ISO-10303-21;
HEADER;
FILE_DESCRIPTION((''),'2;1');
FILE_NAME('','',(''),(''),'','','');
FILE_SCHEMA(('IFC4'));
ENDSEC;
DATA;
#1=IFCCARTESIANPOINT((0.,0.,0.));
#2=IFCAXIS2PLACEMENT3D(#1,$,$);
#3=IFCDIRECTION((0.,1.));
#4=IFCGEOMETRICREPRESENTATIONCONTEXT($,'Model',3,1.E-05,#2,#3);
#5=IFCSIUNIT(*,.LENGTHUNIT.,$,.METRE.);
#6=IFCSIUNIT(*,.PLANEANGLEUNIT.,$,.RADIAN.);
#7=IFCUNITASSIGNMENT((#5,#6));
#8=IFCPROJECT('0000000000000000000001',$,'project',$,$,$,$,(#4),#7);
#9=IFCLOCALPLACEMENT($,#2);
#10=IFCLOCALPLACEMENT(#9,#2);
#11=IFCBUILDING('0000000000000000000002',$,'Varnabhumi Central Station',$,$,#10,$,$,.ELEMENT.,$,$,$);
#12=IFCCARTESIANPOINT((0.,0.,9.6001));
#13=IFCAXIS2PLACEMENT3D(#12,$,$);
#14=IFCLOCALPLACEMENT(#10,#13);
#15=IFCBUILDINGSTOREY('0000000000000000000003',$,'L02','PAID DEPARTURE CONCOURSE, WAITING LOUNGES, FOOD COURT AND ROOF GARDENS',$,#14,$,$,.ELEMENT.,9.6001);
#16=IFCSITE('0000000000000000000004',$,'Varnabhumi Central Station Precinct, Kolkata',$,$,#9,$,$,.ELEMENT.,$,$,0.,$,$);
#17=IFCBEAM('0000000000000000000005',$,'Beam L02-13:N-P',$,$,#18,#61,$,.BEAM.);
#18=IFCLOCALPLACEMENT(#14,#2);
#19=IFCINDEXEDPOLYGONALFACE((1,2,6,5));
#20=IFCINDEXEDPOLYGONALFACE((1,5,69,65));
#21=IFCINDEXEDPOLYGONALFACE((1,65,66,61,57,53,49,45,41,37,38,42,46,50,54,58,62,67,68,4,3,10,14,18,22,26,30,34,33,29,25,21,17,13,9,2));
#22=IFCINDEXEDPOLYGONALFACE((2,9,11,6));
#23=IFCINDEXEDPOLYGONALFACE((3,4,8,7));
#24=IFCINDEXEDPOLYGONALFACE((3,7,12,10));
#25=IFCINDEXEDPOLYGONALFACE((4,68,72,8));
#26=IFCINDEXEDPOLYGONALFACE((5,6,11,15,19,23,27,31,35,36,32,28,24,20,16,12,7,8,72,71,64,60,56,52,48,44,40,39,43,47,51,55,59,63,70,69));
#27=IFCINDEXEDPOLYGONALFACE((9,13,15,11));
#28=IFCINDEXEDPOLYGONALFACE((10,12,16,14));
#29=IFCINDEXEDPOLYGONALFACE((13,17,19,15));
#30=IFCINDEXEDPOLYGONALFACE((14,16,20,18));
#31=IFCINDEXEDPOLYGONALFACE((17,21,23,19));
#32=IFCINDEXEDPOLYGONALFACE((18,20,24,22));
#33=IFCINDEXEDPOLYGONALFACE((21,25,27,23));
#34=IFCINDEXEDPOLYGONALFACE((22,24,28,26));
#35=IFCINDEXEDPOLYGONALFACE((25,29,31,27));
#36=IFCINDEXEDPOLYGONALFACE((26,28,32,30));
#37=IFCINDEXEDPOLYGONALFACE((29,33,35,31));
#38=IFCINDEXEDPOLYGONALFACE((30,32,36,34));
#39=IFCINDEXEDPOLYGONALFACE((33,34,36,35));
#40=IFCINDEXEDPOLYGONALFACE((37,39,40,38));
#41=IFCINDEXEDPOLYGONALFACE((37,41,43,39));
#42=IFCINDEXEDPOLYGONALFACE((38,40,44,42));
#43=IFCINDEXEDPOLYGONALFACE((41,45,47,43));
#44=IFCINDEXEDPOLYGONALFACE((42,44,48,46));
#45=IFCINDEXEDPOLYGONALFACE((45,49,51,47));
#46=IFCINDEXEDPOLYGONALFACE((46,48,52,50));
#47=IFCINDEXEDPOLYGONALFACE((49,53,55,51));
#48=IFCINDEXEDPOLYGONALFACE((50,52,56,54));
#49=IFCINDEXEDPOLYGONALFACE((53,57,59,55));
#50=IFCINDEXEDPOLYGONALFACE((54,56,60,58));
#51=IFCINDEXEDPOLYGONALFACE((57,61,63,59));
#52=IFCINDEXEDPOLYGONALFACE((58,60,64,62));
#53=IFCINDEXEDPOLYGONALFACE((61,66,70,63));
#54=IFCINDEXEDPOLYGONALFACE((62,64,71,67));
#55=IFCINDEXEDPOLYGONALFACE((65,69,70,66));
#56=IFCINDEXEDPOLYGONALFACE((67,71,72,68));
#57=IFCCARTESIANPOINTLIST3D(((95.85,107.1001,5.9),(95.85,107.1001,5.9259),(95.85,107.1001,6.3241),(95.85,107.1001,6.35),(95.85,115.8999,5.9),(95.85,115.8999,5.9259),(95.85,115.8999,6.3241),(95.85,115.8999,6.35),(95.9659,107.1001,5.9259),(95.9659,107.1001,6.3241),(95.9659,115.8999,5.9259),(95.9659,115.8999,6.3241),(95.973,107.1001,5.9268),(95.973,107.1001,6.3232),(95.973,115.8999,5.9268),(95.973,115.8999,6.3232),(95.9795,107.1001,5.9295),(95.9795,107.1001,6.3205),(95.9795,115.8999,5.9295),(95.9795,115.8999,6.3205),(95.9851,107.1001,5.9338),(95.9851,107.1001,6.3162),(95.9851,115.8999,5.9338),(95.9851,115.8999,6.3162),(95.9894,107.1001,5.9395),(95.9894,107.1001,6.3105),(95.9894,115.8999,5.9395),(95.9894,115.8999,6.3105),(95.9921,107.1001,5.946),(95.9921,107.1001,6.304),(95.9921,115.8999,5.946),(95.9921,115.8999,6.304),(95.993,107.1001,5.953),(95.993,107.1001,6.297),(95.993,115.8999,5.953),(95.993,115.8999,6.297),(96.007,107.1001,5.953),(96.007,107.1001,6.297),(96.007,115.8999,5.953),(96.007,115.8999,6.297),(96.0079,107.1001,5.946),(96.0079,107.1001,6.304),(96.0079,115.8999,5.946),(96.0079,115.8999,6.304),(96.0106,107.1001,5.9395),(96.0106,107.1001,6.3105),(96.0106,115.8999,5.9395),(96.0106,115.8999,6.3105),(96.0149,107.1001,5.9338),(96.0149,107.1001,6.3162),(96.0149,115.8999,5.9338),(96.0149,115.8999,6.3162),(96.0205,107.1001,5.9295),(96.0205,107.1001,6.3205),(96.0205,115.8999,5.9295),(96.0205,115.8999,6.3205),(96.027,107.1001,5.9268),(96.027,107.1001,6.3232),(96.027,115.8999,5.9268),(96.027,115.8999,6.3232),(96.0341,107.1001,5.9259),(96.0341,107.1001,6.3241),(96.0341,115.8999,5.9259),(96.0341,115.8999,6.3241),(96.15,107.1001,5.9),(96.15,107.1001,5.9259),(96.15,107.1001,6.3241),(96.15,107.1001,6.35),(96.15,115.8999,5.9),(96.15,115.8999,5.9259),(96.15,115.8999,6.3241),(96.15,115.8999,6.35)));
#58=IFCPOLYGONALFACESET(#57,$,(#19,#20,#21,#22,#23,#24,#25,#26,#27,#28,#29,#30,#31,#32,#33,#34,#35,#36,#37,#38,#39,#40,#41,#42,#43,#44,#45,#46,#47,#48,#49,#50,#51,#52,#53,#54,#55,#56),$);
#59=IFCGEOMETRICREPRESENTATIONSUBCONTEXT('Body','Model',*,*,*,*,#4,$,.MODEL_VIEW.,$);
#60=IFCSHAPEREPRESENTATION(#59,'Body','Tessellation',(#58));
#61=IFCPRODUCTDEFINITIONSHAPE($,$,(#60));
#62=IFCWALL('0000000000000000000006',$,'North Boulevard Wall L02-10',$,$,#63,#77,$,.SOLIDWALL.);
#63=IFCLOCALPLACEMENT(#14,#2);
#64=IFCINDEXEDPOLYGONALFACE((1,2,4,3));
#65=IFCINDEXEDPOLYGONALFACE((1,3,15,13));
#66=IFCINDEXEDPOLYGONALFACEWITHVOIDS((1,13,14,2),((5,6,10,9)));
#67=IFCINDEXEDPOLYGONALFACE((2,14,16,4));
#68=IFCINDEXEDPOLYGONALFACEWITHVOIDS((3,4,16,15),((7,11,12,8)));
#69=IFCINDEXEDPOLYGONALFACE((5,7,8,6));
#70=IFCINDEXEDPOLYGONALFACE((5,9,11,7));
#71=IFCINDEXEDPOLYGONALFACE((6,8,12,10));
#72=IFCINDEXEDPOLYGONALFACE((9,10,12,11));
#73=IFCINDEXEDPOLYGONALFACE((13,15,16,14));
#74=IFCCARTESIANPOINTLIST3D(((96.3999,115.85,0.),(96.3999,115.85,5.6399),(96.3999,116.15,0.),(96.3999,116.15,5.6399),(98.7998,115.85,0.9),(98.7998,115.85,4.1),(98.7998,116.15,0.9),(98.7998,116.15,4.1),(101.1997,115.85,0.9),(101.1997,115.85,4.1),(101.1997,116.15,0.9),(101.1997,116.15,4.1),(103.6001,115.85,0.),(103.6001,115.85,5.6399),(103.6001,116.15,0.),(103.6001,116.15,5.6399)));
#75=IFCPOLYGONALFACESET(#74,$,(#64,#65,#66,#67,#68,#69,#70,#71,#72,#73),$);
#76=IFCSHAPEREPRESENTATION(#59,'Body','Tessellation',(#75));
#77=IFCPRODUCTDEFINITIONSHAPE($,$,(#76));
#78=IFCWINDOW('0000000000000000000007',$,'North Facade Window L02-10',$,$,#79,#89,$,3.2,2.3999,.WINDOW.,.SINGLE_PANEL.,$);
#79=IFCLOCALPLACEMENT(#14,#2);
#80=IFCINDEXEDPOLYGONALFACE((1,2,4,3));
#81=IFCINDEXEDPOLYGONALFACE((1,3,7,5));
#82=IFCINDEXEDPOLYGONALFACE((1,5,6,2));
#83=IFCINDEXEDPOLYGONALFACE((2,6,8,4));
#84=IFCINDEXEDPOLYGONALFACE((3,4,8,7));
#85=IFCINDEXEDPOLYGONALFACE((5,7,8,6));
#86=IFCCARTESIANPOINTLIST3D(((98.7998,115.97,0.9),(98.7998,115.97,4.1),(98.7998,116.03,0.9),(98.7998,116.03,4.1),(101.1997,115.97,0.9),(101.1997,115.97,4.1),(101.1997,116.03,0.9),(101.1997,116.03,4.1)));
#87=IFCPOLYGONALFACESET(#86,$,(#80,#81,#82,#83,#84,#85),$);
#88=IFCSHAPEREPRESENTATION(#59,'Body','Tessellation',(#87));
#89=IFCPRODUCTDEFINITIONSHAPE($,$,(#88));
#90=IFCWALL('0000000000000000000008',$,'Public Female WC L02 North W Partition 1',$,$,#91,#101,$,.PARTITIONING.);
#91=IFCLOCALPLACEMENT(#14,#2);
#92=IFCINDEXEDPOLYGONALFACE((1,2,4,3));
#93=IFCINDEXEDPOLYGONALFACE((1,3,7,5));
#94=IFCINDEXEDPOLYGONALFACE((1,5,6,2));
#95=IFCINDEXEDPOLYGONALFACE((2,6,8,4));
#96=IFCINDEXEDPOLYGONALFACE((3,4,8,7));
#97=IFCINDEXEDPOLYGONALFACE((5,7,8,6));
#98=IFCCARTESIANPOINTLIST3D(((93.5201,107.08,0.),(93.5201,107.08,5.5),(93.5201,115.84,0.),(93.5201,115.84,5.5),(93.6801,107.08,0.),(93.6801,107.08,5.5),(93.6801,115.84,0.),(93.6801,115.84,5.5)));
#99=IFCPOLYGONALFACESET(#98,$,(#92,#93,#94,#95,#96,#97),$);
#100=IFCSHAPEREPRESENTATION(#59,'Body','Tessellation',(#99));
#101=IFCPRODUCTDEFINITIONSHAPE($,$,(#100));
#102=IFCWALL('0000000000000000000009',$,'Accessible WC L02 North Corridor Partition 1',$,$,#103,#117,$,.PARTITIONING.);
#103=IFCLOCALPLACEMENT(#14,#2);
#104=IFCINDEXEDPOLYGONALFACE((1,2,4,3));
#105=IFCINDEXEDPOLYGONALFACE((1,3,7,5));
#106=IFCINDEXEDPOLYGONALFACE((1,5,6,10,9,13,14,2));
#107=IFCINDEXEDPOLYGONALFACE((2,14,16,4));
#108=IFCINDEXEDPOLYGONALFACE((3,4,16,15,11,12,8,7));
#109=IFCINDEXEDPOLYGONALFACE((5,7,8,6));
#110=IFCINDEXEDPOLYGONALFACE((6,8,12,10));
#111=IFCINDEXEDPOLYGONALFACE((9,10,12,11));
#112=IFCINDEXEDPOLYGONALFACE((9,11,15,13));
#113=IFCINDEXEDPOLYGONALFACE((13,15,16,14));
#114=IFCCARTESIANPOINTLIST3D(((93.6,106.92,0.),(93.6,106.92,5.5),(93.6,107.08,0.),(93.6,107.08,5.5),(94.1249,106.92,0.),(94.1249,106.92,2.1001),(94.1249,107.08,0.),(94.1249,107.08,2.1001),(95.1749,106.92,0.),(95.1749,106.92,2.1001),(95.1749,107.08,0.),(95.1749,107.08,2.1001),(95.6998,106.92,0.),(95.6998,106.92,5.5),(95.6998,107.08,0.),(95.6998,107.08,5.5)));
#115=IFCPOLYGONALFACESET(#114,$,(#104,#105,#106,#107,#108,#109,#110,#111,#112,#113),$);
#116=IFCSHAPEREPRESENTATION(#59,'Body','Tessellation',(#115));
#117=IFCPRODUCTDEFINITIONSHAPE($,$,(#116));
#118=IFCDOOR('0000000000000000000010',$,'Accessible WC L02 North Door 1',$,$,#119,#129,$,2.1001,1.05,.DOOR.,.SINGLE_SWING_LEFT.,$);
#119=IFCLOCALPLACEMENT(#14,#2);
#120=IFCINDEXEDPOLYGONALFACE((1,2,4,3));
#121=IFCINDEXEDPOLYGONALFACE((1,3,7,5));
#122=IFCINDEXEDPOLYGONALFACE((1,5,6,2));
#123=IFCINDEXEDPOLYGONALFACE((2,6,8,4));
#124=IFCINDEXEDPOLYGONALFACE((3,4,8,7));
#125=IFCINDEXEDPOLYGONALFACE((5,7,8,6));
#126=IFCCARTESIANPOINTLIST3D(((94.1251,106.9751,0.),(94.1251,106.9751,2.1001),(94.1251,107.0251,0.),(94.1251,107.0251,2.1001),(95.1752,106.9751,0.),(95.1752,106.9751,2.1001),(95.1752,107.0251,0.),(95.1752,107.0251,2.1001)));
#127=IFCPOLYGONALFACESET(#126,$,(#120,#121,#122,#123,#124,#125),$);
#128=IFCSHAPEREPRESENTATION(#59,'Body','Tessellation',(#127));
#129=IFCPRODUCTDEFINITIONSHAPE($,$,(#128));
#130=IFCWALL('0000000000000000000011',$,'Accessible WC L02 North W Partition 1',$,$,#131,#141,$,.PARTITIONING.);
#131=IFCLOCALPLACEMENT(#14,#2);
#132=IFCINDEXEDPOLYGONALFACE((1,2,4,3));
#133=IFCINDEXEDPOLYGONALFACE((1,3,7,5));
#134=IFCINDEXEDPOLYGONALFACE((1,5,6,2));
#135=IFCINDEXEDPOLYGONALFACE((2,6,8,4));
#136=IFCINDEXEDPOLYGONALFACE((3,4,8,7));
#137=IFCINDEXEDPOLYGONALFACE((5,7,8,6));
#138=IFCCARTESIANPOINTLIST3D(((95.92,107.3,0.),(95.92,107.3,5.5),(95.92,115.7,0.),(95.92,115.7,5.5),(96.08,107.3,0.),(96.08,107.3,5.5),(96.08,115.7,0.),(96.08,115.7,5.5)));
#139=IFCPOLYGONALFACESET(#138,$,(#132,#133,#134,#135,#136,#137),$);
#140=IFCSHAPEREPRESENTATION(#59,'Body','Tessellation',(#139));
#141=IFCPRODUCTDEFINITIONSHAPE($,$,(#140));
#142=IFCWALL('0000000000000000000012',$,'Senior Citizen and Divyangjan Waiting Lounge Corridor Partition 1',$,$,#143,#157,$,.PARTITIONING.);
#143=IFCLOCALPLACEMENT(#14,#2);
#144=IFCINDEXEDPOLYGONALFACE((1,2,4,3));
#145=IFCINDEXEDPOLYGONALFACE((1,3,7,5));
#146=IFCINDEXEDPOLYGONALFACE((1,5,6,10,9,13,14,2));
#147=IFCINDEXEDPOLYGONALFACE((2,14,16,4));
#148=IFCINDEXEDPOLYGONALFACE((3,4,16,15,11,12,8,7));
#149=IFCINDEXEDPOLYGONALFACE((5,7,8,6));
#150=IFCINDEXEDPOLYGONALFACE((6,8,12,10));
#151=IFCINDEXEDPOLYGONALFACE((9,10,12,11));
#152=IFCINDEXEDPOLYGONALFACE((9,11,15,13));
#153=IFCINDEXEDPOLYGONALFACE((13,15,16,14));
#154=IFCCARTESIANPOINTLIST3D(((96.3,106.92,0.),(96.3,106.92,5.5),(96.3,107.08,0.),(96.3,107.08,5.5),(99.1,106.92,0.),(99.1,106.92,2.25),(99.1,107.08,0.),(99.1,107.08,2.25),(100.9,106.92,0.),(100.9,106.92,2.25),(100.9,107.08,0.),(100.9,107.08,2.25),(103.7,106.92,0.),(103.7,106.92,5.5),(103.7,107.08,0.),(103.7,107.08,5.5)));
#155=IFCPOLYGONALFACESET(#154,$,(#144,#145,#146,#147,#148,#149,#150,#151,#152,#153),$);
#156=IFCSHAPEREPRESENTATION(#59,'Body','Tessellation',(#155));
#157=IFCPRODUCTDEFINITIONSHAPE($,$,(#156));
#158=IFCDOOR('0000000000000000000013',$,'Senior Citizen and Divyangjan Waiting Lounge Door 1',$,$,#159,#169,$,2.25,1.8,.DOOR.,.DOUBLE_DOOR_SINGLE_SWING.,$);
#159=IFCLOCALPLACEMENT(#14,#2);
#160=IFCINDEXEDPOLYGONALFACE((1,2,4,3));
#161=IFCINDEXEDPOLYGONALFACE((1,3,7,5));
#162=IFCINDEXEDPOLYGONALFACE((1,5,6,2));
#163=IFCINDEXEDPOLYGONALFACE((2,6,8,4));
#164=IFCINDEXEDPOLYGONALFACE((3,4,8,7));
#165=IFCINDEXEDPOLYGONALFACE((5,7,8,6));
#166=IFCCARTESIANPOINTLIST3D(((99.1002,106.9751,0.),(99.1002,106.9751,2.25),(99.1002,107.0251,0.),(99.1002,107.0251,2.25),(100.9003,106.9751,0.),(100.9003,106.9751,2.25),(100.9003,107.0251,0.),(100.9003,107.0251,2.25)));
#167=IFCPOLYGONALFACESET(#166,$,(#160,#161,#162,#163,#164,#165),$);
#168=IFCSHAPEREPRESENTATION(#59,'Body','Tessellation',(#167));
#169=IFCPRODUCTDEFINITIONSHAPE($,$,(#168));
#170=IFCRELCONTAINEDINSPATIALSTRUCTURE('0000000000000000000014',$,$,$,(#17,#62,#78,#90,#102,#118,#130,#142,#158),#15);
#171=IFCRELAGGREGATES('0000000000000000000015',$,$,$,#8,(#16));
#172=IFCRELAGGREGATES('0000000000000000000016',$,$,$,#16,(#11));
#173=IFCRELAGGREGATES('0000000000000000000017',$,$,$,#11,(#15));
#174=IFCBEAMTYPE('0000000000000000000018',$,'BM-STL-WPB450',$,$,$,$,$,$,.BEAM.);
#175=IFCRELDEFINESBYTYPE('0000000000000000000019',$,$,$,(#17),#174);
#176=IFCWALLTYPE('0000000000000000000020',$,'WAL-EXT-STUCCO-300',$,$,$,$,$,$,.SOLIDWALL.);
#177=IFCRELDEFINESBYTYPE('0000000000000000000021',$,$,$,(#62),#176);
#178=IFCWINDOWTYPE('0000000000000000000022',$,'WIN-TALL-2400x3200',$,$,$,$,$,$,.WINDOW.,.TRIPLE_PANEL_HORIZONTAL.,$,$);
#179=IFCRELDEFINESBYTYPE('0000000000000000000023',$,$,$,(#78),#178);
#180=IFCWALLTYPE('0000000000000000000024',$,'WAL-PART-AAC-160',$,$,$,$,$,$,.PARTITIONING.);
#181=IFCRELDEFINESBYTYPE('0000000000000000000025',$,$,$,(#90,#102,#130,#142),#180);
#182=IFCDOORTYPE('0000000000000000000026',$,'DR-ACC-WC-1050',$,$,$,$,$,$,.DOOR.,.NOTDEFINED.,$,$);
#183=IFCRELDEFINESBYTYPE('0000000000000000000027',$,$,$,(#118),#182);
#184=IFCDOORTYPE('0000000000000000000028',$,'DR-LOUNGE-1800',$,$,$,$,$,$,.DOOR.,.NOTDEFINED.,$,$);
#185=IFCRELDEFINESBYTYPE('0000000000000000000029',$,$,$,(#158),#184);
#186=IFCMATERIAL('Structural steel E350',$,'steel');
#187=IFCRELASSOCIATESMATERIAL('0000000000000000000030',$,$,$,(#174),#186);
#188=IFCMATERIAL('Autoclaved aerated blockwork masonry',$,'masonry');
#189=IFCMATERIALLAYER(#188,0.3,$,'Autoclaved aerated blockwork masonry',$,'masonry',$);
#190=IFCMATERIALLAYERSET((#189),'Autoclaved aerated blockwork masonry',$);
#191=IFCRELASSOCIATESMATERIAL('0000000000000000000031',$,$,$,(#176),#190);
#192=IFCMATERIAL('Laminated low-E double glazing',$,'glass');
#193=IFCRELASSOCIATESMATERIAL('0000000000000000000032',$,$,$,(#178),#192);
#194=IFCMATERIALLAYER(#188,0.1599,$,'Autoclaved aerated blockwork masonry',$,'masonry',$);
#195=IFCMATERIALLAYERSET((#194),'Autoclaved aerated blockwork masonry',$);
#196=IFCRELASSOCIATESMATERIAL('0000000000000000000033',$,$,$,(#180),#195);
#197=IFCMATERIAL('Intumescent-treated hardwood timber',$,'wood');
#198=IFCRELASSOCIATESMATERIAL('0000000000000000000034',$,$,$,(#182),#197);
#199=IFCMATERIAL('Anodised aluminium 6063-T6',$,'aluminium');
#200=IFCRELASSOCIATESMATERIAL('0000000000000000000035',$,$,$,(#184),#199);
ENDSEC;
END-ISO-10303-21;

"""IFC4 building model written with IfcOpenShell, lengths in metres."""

from ifc_helpers import new_model, si_unit, direction, frame, frame_2d, origin, origin_2d, place, context, subcontext, project, spatial, rectangle, i_section, extrude, material, layer, layer_set, material_profile, profile_set, type_object, element, fill, save


model = new_model("IFC4")

# Units and contexts
model_context = context("Model", 3, precision=1e-05, world=origin(), true_north=direction((0.0, 1.0)))
body_context = subcontext(model_context, "Body", "Model", "MODEL_VIEW")
ifc_project = project(units=[si_unit("LENGTHUNIT", "METRE"), si_unit("PLANEANGLEUNIT", "RADIAN")], contexts=[model_context])

# Site, building, storey
site_placement = place(None, origin())
site = spatial("IfcSite", under=ifc_project, at=site_placement, Name="Varnabhumi Central Station Precinct, Kolkata", CompositionType="ELEMENT", RefElevation=0.0)
building_placement = place(site_placement, origin())
building = spatial("IfcBuilding", under=site, at=building_placement, Name="Varnabhumi Central Station", CompositionType="ELEMENT")
storey_placement = place(building_placement, frame((0.0, 0.0, 9.6001)))
storey = spatial("IfcBuildingStorey", under=building, at=storey_placement, Name="L02", Description="PAID DEPARTURE CONCOURSE, WAITING LOUNGES, FOOD COURT AND ROOF GARDENS", CompositionType="ELEMENT", Elevation=9.6001)

# Beam
ifc_material_1 = material(Name="Structural steel E350", Category="steel")
ifc_material_profile_1 = material_profile(ifc_material_1, i_section(OverallWidth=0.3, OverallDepth=0.45, WebThickness=0.0139, FlangeThickness=0.0259, FilletRadius=0.0271, at=origin_2d()), Name="Structural steel E350", Category="steel")
ifc_profile_set_1 = profile_set([ifc_material_profile_1], Name="Structural steel E350")
beam_type_1 = type_object("IfcBeamType", Name="BM-STL-WPB450", PredefinedType="BEAM", material=ifc_profile_set_1)
beam_1_placement = place(storey_placement, frame((96.0, 107.1001, 6.125), z_axis=(0.0, 1.0, 0.0), x_axis=(-1.0, 0.0, 0.0)))
element("IfcBeam", 1, at=beam_1_placement, inside=storey, type_object=beam_type_1, Name="Beam L02-13:N-P", PredefinedType="BEAM", context=body_context, shape_type="SweptSolid", body=[
    extrude(i_section(OverallWidth=0.3, OverallDepth=0.45, WebThickness=0.0139, FlangeThickness=0.0259, FilletRadius=0.0271, at=origin_2d()), origin(), (0.0, 0.0, 1.0), 8.7998),
])

# Wall, opening, window
ifc_material_2 = material(Name="Autoclaved aerated blockwork masonry", Category="masonry")
ifc_layer_1 = layer(ifc_material_2, 0.3, Name="Autoclaved aerated blockwork masonry", Category="masonry")
ifc_layer_set_1 = layer_set([ifc_layer_1], Name="Autoclaved aerated blockwork masonry")
wall_type_1 = type_object("IfcWallType", Name="WAL-EXT-STUCCO-300", PredefinedType="SOLIDWALL", material=ifc_layer_set_1)
wall_1_placement = place(storey_placement, frame((96.3999, 116.0, 0.0), z_axis=(0.0, 0.0, 1.0), x_axis=(1.0, 0.0, 0.0)))
wall_1 = element("IfcWall", 2, at=wall_1_placement, inside=storey, type_object=wall_type_1, Name="North Boulevard Wall L02-10", PredefinedType="SOLIDWALL", context=body_context, shape_type="SweptSolid", body=[
    extrude(rectangle(XDim=7.2002, YDim=0.3, at=frame_2d((3.6001, 0.0))), origin(), (0.0, 0.0, 1.0), 5.6399),
])
opening_1_placement = place(wall_1_placement, frame((2.3999, 0.0, 0.8999)))
opening_1 = element("IfcOpeningElement", 3, at=opening_1_placement, cuts=wall_1, PredefinedType="OPENING", context=body_context, shape_type="SweptSolid", body=[
    extrude(rectangle(XDim=2.3999, YDim=3.2, at=frame_2d((1.2, 1.6001))), frame((0.0, 0.1599, 0.0), z_axis=(0.0, -1.0, 0.0), x_axis=(1.0, 0.0, 0.0)), (0.0, 0.0, 1.0), 0.3201),
])
ifc_material_3 = material(Name="Laminated low-E double glazing", Category="glass")
window_type = type_object("IfcWindowType", Name="WIN-TALL-2400x3200", PartitioningType="TRIPLE_PANEL_HORIZONTAL", PredefinedType="WINDOW", material=ifc_material_3)
window_placement = place(opening_1_placement, origin())
window = element("IfcWindow", 4, at=window_placement, inside=storey, type_object=window_type, Name="North Facade Window L02-10", OverallHeight=3.2, OverallWidth=2.3999, PartitioningType="SINGLE_PANEL", PredefinedType="WINDOW", context=body_context, shape_type="SweptSolid", body=[
    extrude(rectangle(XDim=2.3999, YDim=3.2, at=frame_2d((1.2, 1.6001))), frame((0.0, 0.03, 0.0), z_axis=(0.0, -1.0, 0.0), x_axis=(1.0, 0.0, 0.0)), (0.0, 0.0, 1.0), 0.0601),
])
fill(opening_1, window)

# Wall
ifc_layer_2 = layer(ifc_material_2, 0.1599, Name="Autoclaved aerated blockwork masonry", Category="masonry")
ifc_layer_set_2 = layer_set([ifc_layer_2], Name="Autoclaved aerated blockwork masonry")
wall_type_2 = type_object("IfcWallType", Name="WAL-PART-AAC-160", PredefinedType="PARTITIONING", material=ifc_layer_set_2)
wall_2_placement = place(storey_placement, frame((93.6001, 107.0801, 0.0), z_axis=(0.0, 0.0, 1.0), x_axis=(0.0, 1.0, 0.0)))
element("IfcWall", 5, at=wall_2_placement, inside=storey, type_object=wall_type_2, Name="Public Female WC L02 North W Partition 1", PredefinedType="PARTITIONING", context=body_context, shape_type="SweptSolid", body=[
    extrude(rectangle(XDim=8.76, YDim=0.1599, at=frame_2d((4.3799, 0.0))), origin(), (0.0, 0.0, 1.0), 5.5),
])

# Wall, opening, door
wall_3_placement = place(storey_placement, frame((93.6001, 107.0, 0.0), z_axis=(0.0, 0.0, 1.0), x_axis=(1.0, 0.0, 0.0)))
wall_3 = element("IfcWall", 6, at=wall_3_placement, inside=storey, type_object=wall_type_2, Name="Accessible WC L02 North Corridor Partition 1", PredefinedType="PARTITIONING", context=body_context, shape_type="SweptSolid", body=[
    extrude(rectangle(XDim=2.0999, YDim=0.1599, at=frame_2d((1.0498, 0.0))), origin(), (0.0, 0.0, 1.0), 5.5),
])
opening_2_placement = place(wall_3_placement, frame((0.5249, 0.0, 0.0)))
opening_2 = element("IfcOpeningElement", 7, at=opening_2_placement, cuts=wall_3, PredefinedType="OPENING", context=body_context, shape_type="SweptSolid", body=[
    extrude(rectangle(XDim=1.05, YDim=2.1001, at=frame_2d((0.5249, 1.05))), frame((0.0, 0.0898, 0.0), z_axis=(0.0, -1.0, 0.0), x_axis=(1.0, 0.0, 0.0)), (0.0, 0.0, 1.0), 0.1799),
])
ifc_material_4 = material(Name="Intumescent-treated hardwood timber", Category="wood")
door_type_1 = type_object("IfcDoorType", Name="DR-ACC-WC-1050", OperationType="NOTDEFINED", PredefinedType="DOOR", material=ifc_material_4)
door_1_placement = place(opening_2_placement, frame((1.05, 0.0, 0.0), z_axis=(0.0, 0.0, 1.0), x_axis=(-1.0, 0.0, 0.0)))
door_1 = element("IfcDoor", 8, at=door_1_placement, inside=storey, type_object=door_type_1, Name="Accessible WC L02 North Door 1", OperationType="SINGLE_SWING_LEFT", OverallHeight=2.1001, OverallWidth=1.05, PredefinedType="DOOR", context=body_context, shape_type="SweptSolid", body=[
    extrude(rectangle(XDim=1.05, YDim=2.1001, at=frame_2d((0.5249, 1.05))), frame((0.0, 0.0249, 0.0), z_axis=(0.0, -1.0, 0.0), x_axis=(1.0, 0.0, 0.0)), (0.0, 0.0, 1.0), 0.05),
])
fill(opening_2, door_1)

# Wall
wall_4_placement = place(storey_placement, frame((96.0, 107.3, 0.0), z_axis=(0.0, 0.0, 1.0), x_axis=(0.0, 1.0, 0.0)))
element("IfcWall", 9, at=wall_4_placement, inside=storey, type_object=wall_type_2, Name="Accessible WC L02 North W Partition 1", PredefinedType="PARTITIONING", context=body_context, shape_type="SweptSolid", body=[
    extrude(rectangle(XDim=8.3999, YDim=0.1599, at=frame_2d((4.2, 0.0))), origin(), (0.0, 0.0, 1.0), 5.5),
])

# Wall, opening, door
wall_5_placement = place(storey_placement, frame((96.3, 107.0, 0.0), z_axis=(0.0, 0.0, 1.0), x_axis=(1.0, 0.0, 0.0)))
wall_5 = element("IfcWall", 10, at=wall_5_placement, inside=storey, type_object=wall_type_2, Name="Senior Citizen and Divyangjan Waiting Lounge Corridor Partition 1", PredefinedType="PARTITIONING", context=body_context, shape_type="SweptSolid", body=[
    extrude(rectangle(XDim=7.3999, YDim=0.1599, at=frame_2d((3.7, 0.0))), origin(), (0.0, 0.0, 1.0), 5.5),
])
opening_3_placement = place(wall_5_placement, frame((2.8, 0.0, 0.0)))
opening_3 = element("IfcOpeningElement", 11, at=opening_3_placement, cuts=wall_5, PredefinedType="OPENING", context=body_context, shape_type="SweptSolid", body=[
    extrude(rectangle(XDim=1.8, YDim=2.25, at=frame_2d((0.8999, 1.125))), frame((0.0, 0.0898, 0.0), z_axis=(0.0, -1.0, 0.0), x_axis=(1.0, 0.0, 0.0)), (0.0, 0.0, 1.0), 0.1799),
])
ifc_material_5 = material(Name="Anodised aluminium 6063-T6", Category="aluminium")
door_type_2 = type_object("IfcDoorType", Name="DR-LOUNGE-1800", OperationType="NOTDEFINED", PredefinedType="DOOR", material=ifc_material_5)
door_2_placement = place(opening_3_placement, frame((1.8, 0.0, 0.0), z_axis=(0.0, 0.0, 1.0), x_axis=(-1.0, 0.0, 0.0)))
door_2 = element("IfcDoor", 12, at=door_2_placement, inside=storey, type_object=door_type_2, Name="Senior Citizen and Divyangjan Waiting Lounge Door 1", OperationType="DOUBLE_DOOR_SINGLE_SWING", OverallHeight=2.25, OverallWidth=1.8, PredefinedType="DOOR", context=body_context, shape_type="SweptSolid", body=[
    extrude(rectangle(XDim=1.8, YDim=2.25, at=frame_2d((0.8999, 1.125))), frame((0.0, 0.0249, 0.0), z_axis=(0.0, -1.0, 0.0), x_axis=(1.0, 0.0, 0.0)), (0.0, 0.0, 1.0), 0.05),
])
fill(opening_3, door_2)

save(model, "model.ifc")
